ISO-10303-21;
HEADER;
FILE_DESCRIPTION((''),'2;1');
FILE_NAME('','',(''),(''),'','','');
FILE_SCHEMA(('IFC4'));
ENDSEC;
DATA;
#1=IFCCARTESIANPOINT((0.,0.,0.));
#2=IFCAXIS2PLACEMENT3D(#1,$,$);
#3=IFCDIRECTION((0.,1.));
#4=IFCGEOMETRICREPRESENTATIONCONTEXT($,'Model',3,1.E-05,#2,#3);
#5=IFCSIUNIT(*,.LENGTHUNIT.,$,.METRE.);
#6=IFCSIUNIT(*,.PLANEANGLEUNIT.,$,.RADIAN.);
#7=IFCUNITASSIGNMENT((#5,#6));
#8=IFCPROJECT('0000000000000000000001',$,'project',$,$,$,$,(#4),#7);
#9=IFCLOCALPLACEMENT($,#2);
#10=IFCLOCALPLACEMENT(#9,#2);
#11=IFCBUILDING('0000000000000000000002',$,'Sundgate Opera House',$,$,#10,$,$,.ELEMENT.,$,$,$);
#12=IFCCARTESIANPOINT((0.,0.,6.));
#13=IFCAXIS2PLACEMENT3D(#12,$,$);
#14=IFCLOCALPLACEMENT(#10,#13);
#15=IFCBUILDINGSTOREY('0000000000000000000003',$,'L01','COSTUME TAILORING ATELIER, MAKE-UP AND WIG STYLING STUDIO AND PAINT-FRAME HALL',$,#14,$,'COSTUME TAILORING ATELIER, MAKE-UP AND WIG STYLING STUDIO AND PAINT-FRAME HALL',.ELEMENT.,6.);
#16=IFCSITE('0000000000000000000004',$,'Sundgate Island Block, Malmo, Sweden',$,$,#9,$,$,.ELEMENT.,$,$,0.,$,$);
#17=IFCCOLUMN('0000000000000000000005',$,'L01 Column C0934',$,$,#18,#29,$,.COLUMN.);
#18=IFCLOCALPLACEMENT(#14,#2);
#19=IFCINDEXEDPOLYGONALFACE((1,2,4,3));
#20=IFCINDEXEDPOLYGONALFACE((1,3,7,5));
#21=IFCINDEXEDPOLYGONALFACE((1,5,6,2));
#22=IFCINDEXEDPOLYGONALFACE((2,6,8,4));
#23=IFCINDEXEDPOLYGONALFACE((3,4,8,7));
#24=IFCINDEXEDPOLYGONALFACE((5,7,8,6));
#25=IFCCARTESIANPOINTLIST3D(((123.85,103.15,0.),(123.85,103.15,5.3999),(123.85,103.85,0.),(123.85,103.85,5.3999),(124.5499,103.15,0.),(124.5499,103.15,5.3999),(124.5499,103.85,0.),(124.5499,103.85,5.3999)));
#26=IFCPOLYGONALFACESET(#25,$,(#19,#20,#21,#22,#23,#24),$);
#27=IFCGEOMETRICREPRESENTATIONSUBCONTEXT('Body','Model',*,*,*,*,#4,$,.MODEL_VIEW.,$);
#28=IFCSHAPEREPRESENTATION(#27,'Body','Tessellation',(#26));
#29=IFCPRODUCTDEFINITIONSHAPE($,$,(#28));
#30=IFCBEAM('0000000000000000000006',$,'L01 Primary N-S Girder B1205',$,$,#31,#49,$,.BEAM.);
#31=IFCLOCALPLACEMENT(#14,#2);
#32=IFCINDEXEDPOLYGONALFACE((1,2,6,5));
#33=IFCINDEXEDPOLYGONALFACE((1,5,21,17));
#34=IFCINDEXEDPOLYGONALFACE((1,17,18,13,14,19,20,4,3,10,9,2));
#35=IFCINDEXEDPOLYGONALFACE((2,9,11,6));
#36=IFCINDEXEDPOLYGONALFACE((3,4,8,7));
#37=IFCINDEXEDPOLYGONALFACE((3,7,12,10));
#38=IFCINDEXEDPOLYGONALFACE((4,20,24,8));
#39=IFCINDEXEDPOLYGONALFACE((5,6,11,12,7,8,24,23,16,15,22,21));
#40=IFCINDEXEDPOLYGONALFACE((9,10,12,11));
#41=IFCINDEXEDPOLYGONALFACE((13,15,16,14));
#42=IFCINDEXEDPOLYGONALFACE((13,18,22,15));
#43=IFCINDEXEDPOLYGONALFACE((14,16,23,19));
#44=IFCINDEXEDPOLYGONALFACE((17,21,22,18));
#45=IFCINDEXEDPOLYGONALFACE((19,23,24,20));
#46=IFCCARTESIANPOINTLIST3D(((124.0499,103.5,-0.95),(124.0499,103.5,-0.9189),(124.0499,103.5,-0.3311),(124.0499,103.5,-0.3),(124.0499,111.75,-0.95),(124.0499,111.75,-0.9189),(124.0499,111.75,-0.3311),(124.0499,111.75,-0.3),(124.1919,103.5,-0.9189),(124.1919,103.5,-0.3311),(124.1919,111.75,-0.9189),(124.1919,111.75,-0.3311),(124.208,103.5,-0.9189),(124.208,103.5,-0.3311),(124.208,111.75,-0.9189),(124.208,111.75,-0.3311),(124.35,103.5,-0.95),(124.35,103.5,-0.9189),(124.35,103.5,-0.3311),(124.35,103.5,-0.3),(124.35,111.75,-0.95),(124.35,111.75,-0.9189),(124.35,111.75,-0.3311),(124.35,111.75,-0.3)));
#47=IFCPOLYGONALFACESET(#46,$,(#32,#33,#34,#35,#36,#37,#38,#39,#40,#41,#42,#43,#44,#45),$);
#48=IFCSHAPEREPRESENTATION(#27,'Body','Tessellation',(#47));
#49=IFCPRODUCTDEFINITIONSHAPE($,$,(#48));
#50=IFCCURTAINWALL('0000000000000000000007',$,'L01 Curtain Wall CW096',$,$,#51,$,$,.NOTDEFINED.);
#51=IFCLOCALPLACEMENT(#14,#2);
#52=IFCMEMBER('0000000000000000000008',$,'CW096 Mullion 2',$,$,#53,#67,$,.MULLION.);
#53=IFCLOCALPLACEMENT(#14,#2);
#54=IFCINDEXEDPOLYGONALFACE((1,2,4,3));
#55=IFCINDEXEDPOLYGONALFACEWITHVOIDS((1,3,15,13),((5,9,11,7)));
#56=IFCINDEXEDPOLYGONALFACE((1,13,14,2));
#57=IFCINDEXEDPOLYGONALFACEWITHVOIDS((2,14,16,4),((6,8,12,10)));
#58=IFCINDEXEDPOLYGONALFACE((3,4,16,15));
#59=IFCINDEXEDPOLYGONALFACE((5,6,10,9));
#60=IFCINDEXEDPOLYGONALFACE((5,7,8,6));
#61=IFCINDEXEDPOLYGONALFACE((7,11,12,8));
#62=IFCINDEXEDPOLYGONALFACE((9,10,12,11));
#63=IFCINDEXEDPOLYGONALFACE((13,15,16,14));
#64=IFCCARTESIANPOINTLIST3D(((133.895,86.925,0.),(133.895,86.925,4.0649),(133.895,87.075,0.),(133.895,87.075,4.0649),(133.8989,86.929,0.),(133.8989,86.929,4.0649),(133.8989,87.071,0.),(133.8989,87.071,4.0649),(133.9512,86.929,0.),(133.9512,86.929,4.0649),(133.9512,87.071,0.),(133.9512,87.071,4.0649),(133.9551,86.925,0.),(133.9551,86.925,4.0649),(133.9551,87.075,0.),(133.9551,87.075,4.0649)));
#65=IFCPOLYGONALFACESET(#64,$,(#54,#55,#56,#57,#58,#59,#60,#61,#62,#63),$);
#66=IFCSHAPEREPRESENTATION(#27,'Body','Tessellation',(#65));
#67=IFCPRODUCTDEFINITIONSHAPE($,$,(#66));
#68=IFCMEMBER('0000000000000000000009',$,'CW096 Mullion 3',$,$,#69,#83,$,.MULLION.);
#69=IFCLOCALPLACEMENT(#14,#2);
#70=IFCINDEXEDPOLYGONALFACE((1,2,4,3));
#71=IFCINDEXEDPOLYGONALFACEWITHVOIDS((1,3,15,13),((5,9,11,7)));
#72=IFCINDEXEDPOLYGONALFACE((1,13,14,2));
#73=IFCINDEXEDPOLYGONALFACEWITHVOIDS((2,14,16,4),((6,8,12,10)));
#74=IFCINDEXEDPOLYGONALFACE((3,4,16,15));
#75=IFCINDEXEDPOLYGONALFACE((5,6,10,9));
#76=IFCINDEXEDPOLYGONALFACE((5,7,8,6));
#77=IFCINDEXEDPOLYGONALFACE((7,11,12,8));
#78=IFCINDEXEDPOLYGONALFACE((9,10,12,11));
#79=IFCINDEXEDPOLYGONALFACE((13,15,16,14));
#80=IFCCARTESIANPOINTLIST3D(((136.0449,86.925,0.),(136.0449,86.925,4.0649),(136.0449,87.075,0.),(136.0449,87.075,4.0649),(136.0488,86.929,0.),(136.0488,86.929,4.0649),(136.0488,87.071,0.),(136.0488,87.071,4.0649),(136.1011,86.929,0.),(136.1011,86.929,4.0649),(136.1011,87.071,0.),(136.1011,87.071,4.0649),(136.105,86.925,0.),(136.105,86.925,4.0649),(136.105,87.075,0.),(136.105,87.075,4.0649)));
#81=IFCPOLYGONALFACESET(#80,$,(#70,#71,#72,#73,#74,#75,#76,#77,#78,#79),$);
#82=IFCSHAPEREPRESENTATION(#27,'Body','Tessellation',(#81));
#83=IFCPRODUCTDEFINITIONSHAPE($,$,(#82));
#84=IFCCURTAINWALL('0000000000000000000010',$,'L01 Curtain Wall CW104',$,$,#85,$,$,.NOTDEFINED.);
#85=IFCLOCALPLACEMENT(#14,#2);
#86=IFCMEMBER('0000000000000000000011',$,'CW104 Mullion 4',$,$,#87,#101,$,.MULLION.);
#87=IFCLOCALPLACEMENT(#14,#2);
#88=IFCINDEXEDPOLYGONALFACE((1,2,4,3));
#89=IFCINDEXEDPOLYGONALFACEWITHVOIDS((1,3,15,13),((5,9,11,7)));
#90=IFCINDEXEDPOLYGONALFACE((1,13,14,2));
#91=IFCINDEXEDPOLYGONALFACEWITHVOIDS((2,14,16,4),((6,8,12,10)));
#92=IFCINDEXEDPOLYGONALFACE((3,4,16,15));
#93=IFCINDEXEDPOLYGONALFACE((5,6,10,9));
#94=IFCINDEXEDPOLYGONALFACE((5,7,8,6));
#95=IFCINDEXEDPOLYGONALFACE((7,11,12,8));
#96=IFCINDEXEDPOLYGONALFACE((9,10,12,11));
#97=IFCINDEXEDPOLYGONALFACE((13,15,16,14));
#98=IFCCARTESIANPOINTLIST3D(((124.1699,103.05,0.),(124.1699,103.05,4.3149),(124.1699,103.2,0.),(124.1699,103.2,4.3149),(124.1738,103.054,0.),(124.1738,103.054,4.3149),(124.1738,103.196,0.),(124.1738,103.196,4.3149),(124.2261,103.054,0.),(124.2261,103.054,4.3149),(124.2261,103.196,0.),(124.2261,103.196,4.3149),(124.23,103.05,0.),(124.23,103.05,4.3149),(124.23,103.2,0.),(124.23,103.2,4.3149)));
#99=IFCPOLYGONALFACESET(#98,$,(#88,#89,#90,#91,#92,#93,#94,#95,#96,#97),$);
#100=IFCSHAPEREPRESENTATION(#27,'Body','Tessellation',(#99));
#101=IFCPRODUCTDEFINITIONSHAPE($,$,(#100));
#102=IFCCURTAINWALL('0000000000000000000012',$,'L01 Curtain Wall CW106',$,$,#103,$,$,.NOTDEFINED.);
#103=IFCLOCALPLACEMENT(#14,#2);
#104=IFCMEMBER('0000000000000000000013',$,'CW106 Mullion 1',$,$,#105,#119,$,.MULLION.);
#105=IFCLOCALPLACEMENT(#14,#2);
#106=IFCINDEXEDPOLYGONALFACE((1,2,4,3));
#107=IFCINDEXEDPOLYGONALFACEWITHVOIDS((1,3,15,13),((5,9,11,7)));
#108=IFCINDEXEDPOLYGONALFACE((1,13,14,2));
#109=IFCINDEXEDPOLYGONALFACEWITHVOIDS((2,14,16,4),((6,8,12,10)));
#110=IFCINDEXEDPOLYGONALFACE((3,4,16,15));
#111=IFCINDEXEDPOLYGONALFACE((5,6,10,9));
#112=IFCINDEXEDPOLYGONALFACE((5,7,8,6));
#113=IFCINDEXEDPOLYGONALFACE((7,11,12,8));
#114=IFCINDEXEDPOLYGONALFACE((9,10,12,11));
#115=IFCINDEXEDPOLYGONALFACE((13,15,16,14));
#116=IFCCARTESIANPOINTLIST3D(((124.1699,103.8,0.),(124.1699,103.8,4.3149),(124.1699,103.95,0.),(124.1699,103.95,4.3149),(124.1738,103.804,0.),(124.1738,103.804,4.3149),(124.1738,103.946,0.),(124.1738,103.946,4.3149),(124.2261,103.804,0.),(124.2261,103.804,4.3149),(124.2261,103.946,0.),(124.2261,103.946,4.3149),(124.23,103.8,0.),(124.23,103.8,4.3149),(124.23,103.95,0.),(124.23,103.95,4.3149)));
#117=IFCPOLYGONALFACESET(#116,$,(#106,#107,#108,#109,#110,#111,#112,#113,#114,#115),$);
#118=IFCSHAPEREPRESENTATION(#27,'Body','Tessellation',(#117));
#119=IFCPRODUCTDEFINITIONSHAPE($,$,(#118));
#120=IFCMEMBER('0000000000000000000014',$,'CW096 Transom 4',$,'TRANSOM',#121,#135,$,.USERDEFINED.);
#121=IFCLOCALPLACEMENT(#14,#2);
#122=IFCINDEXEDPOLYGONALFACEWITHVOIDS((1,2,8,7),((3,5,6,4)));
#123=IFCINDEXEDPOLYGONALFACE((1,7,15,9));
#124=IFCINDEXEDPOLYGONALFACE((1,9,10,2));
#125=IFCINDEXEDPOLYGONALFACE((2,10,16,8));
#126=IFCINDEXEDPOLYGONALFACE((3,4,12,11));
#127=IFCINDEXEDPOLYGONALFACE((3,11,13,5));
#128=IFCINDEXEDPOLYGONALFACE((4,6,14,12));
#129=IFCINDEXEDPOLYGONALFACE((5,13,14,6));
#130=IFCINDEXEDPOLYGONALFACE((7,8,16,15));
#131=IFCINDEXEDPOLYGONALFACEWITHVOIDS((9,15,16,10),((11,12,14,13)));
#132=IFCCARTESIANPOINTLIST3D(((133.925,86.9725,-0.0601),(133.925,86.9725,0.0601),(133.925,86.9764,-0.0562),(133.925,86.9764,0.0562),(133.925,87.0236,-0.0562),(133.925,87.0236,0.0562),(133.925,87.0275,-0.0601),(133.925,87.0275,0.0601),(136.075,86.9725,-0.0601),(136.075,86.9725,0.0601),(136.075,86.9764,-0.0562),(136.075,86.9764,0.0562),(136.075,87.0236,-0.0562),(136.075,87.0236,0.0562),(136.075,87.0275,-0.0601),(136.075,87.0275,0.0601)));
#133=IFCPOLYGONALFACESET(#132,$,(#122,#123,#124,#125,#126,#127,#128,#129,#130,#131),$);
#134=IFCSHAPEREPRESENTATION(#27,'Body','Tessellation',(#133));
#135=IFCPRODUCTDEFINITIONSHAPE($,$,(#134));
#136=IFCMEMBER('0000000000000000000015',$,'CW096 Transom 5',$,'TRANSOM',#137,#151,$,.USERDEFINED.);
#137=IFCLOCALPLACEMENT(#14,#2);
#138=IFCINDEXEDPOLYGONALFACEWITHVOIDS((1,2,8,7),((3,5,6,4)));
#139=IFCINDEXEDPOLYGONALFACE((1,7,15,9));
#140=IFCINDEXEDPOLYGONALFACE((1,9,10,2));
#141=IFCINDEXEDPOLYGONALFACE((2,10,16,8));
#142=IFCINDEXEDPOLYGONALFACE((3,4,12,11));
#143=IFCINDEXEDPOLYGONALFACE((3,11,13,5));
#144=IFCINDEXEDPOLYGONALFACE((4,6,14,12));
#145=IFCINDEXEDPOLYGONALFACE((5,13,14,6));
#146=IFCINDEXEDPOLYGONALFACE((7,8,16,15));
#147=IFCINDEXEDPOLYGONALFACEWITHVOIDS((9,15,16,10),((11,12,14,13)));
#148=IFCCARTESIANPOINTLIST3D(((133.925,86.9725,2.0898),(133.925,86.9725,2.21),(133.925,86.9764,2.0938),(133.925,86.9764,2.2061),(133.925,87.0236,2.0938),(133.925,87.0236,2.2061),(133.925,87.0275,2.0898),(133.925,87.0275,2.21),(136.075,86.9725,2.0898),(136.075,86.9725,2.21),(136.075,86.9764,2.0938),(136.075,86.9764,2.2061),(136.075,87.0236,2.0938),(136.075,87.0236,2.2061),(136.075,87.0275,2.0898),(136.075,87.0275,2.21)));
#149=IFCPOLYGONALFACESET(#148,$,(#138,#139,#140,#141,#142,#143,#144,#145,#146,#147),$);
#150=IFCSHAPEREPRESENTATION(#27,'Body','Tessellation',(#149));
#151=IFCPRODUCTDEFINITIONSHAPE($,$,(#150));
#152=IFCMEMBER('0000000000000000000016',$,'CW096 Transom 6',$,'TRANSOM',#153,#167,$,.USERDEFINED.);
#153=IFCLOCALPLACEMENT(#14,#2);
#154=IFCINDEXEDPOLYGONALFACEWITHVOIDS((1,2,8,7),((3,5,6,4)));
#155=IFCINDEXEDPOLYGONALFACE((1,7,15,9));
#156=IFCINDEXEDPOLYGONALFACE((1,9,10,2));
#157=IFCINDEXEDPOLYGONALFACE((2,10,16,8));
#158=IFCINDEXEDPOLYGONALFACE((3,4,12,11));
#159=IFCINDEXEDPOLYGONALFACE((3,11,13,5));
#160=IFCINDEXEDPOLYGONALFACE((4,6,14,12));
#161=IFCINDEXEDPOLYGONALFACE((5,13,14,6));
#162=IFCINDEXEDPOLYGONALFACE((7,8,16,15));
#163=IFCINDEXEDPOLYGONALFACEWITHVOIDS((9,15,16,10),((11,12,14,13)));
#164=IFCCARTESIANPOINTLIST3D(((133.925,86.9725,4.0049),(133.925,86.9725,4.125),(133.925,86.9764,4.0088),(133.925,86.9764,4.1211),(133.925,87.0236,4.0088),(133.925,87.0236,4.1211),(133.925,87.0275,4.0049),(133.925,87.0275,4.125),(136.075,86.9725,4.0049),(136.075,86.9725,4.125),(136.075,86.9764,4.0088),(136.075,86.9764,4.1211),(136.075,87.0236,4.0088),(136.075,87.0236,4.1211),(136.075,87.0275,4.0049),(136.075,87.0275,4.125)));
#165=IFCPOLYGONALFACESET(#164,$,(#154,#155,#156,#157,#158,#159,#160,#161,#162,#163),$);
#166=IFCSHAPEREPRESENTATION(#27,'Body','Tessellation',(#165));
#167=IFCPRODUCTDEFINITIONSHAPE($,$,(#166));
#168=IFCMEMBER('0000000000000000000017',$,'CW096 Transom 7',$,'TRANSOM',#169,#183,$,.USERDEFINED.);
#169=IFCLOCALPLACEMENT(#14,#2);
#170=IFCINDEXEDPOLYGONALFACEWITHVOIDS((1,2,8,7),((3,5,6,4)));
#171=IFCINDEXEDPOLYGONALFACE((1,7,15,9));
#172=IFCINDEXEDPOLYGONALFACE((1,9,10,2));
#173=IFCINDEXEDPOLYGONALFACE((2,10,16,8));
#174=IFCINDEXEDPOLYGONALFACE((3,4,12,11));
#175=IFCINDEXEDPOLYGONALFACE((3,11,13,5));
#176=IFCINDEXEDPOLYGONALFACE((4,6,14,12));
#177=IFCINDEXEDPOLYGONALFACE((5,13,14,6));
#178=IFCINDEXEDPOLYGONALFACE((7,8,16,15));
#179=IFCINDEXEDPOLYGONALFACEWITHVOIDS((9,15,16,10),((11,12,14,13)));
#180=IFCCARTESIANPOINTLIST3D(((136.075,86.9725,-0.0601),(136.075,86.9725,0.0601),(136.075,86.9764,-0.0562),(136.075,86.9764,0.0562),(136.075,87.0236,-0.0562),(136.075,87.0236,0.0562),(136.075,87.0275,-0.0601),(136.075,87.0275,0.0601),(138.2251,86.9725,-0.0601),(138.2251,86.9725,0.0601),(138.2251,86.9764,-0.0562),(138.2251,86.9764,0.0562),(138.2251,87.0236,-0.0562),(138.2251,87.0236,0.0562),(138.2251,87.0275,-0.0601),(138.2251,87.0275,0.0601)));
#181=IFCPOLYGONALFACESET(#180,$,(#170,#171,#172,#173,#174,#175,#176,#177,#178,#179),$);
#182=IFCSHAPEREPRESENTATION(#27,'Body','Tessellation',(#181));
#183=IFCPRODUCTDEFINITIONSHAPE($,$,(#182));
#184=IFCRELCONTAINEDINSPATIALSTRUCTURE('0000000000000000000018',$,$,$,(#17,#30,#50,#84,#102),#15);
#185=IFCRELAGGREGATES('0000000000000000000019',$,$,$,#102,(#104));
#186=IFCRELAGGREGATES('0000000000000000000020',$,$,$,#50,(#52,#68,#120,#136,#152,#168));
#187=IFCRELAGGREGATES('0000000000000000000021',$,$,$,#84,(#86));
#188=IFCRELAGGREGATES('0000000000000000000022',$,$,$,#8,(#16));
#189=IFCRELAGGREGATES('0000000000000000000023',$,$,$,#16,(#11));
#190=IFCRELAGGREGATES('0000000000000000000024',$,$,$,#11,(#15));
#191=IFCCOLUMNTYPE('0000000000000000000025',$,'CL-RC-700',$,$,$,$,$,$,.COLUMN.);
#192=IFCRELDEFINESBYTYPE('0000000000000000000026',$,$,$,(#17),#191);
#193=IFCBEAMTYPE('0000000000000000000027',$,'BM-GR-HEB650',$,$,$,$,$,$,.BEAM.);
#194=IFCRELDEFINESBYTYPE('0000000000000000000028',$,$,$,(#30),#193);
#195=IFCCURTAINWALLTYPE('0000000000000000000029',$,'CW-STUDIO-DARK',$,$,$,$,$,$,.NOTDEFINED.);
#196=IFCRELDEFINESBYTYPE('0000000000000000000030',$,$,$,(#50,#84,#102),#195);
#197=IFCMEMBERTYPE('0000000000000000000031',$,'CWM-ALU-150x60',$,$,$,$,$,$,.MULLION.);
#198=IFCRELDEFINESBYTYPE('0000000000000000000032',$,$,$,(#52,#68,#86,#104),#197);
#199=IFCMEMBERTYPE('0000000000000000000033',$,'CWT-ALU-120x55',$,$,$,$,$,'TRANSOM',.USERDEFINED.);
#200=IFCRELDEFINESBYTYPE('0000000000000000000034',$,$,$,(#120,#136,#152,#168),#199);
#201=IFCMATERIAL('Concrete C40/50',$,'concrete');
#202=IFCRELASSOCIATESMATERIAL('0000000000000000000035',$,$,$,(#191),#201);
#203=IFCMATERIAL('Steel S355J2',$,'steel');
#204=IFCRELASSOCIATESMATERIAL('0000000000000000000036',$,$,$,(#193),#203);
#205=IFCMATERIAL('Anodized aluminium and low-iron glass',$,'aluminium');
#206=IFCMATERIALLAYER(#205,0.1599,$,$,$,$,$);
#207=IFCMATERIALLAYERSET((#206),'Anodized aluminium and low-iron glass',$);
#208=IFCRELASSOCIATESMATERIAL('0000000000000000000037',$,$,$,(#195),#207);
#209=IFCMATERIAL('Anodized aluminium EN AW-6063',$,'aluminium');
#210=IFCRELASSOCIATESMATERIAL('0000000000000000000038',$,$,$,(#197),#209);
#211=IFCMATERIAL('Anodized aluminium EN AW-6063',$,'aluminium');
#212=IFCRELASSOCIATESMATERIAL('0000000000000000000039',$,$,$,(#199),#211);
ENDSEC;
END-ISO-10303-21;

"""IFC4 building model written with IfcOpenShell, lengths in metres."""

from ifc_helpers import new_model, si_unit, direction, frame, origin, origin_2d, place, context, subcontext, project, spatial, rectangle, hollow_rectangle, i_section, extrude, material, layer, layer_set, material_profile, profile_set, type_object, element, aggregate, save


model = new_model("IFC4")

# Units and contexts
model_context = context("Model", 3, precision=1e-05, world=origin(), true_north=direction((0.0, 1.0)))
body_context = subcontext(model_context, "Body", "Model", "MODEL_VIEW")
ifc_project = project(units=[si_unit("LENGTHUNIT", "METRE"), si_unit("PLANEANGLEUNIT", "RADIAN")], contexts=[model_context])

# Site, building, storey
site_placement = place(None, origin())
site = spatial("IfcSite", under=ifc_project, at=site_placement, Name="Sundgate Island Block, Malmo, Sweden", CompositionType="ELEMENT", RefElevation=0.0)
building_placement = place(site_placement, origin())
building = spatial("IfcBuilding", under=site, at=building_placement, Name="Sundgate Opera House", CompositionType="ELEMENT")
storey_placement = place(building_placement, frame((0.0, 0.0, 6.0)))
storey = spatial("IfcBuildingStorey", under=building, at=storey_placement, Name="L01", Description="COSTUME TAILORING ATELIER, MAKE-UP AND WIG STYLING STUDIO AND PAINT-FRAME HALL", LongName="COSTUME TAILORING ATELIER, MAKE-UP AND WIG STYLING STUDIO AND PAINT-FRAME HALL", CompositionType="ELEMENT", Elevation=6.0)

# Column
ifc_material_1 = material(Name="Concrete C40/50", Category="concrete")
ifc_material_profile_1 = material_profile(ifc_material_1, rectangle(XDim=0.7, YDim=0.7, at=origin_2d()), Name="RC 700x700")
ifc_profile_set_1 = profile_set([ifc_material_profile_1], Name="Concrete C40/50")
column_type = type_object("IfcColumnType", Name="CL-RC-700", PredefinedType="COLUMN", material=ifc_profile_set_1)
column_placement = place(storey_placement, frame((124.2, 103.5, 0.0), z_axis=(0.0, 0.0, 1.0), x_axis=(1.0, 0.0, 0.0)))
element("IfcColumn", 1, at=column_placement, inside=storey, type_object=column_type, Name="L01 Column C0934", PredefinedType="COLUMN", context=body_context, shape_type="SweptSolid", body=[
    extrude(rectangle(XDim=0.7, YDim=0.7, at=origin_2d()), origin(), (0.0, 0.0, 1.0), 5.3999),
])

# Beam
ifc_material_2 = material(Name="Steel S355J2", Category="steel")
ifc_material_profile_2 = material_profile(ifc_material_2, i_section(OverallWidth=0.3, OverallDepth=0.6499, WebThickness=0.0161, FlangeThickness=0.031, at=origin_2d()), Name="HEB 650")
ifc_profile_set_2 = profile_set([ifc_material_profile_2], Name="Steel S355J2")
beam_type = type_object("IfcBeamType", Name="BM-GR-HEB650", PredefinedType="BEAM", material=ifc_profile_set_2)
beam_placement = place(storey_placement, frame((124.2, 103.5, -0.625), z_axis=(0.0, 1.0, 0.0), x_axis=(-1.0, 0.0, 0.0)))
element("IfcBeam", 2, at=beam_placement, inside=storey, type_object=beam_type, Name="L01 Primary N-S Girder B1205", PredefinedType="BEAM", context=body_context, shape_type="SweptSolid", body=[
    extrude(i_section(OverallWidth=0.3, OverallDepth=0.6499, WebThickness=0.0161, FlangeThickness=0.031, at=origin_2d()), origin(), (0.0, 0.0, 1.0), 8.25),
])

# Curtain wall, members
ifc_material_3 = material(Name="Anodized aluminium and low-iron glass", Category="aluminium")
ifc_layer_1 = layer(ifc_material_3, 0.1599)
ifc_layer_set_1 = layer_set([ifc_layer_1], Name="Anodized aluminium and low-iron glass")
curtain_wall_type = type_object("IfcCurtainWallType", Name="CW-STUDIO-DARK", PredefinedType="NOTDEFINED", material=ifc_layer_set_1)
curtain_wall_1_placement = place(storey_placement, origin())
curtain_wall_1 = element("IfcCurtainWall", 3, at=curtain_wall_1_placement, inside=storey, type_object=curtain_wall_type, Name="L01 Curtain Wall CW096", PredefinedType="NOTDEFINED")
ifc_material_4 = material(Name="Anodized aluminium EN AW-6063", Category="aluminium")
ifc_material_profile_3 = material_profile(ifc_material_4, hollow_rectangle(XDim=0.0601, YDim=0.1499, WallThickness=0.0039, at=origin_2d()), Name="CWM 150x60x4")
ifc_profile_set_3 = profile_set([ifc_material_profile_3], Name="Anodized aluminium EN AW-6063")
member_type_1 = type_object("IfcMemberType", Name="CWM-ALU-150x60", PredefinedType="MULLION", material=ifc_profile_set_3)
member_1_placement = place(storey_placement, frame((133.925, 87.0, 0.0), z_axis=(0.0, 0.0, 1.0), x_axis=(1.0, 0.0, 0.0)))
member_1 = element("IfcMember", 4, at=member_1_placement, type_object=member_type_1, Name="CW096 Mullion 2", PredefinedType="MULLION", context=body_context, shape_type="SweptSolid", body=[
    extrude(hollow_rectangle(XDim=0.0601, YDim=0.1499, WallThickness=0.0039, at=origin_2d()), origin(), (0.0, 0.0, 1.0), 4.0649),
])
member_2_placement = place(storey_placement, frame((136.075, 87.0, 0.0), z_axis=(0.0, 0.0, 1.0), x_axis=(1.0, 0.0, 0.0)))
member_2 = element("IfcMember", 5, at=member_2_placement, type_object=member_type_1, Name="CW096 Mullion 3", PredefinedType="MULLION", context=body_context, shape_type="SweptSolid", body=[
    extrude(hollow_rectangle(XDim=0.0601, YDim=0.1499, WallThickness=0.0039, at=origin_2d()), origin(), (0.0, 0.0, 1.0), 4.0649),
])

# Curtain walls, members
curtain_wall_2_placement = place(storey_placement, origin())
curtain_wall_2 = element("IfcCurtainWall", 6, at=curtain_wall_2_placement, inside=storey, type_object=curtain_wall_type, Name="L01 Curtain Wall CW104", PredefinedType="NOTDEFINED")
member_3_placement = place(storey_placement, frame((124.2, 103.125, 0.0), z_axis=(0.0, 0.0, 1.0), x_axis=(1.0, 0.0, 0.0)))
member_3 = element("IfcMember", 7, at=member_3_placement, type_object=member_type_1, Name="CW104 Mullion 4", PredefinedType="MULLION", context=body_context, shape_type="SweptSolid", body=[
    extrude(hollow_rectangle(XDim=0.0601, YDim=0.1499, WallThickness=0.0039, at=origin_2d()), origin(), (0.0, 0.0, 1.0), 4.3149),
])
curtain_wall_3_placement = place(storey_placement, origin())
curtain_wall_3 = element("IfcCurtainWall", 8, at=curtain_wall_3_placement, inside=storey, type_object=curtain_wall_type, Name="L01 Curtain Wall CW106", PredefinedType="NOTDEFINED")
member_4_placement = place(storey_placement, frame((124.2, 103.875, 0.0), z_axis=(0.0, 0.0, 1.0), x_axis=(1.0, 0.0, 0.0)))
member_4 = element("IfcMember", 9, at=member_4_placement, type_object=member_type_1, Name="CW106 Mullion 1", PredefinedType="MULLION", context=body_context, shape_type="SweptSolid", body=[
    extrude(hollow_rectangle(XDim=0.0601, YDim=0.1499, WallThickness=0.0039, at=origin_2d()), origin(), (0.0, 0.0, 1.0), 4.3149),
])

# Members
ifc_material_5 = material(Name="Anodized aluminium EN AW-6063", Category="aluminium")
ifc_material_profile_4 = material_profile(ifc_material_5, hollow_rectangle(XDim=0.0549, YDim=0.1201, WallThickness=0.0039, at=origin_2d()), Name="CWT 120x55x4")
ifc_profile_set_4 = profile_set([ifc_material_profile_4], Name="Anodized aluminium EN AW-6063")
member_type_2 = type_object("IfcMemberType", Name="CWT-ALU-120x55", ElementType="TRANSOM", PredefinedType="USERDEFINED", material=ifc_profile_set_4)
member_5_placement = place(storey_placement, frame((133.925, 87.0, 0.0), z_axis=(1.0, 0.0, 0.0), x_axis=(0.0, 1.0, 0.0)))
member_5 = element("IfcMember", 10, at=member_5_placement, type_object=member_type_2, Name="CW096 Transom 4", ObjectType="TRANSOM", PredefinedType="USERDEFINED", context=body_context, shape_type="SweptSolid", body=[
    extrude(hollow_rectangle(XDim=0.0549, YDim=0.1201, WallThickness=0.0039, at=origin_2d()), origin(), (0.0, 0.0, 1.0), 2.1499),
])
member_6_placement = place(storey_placement, frame((133.925, 87.0, 2.1499), z_axis=(1.0, 0.0, 0.0), x_axis=(0.0, 1.0, 0.0)))
member_6 = element("IfcMember", 11, at=member_6_placement, type_object=member_type_2, Name="CW096 Transom 5", ObjectType="TRANSOM", PredefinedType="USERDEFINED", context=body_context, shape_type="SweptSolid", body=[
    extrude(hollow_rectangle(XDim=0.0549, YDim=0.1201, WallThickness=0.0039, at=origin_2d()), origin(), (0.0, 0.0, 1.0), 2.1499),
])
member_7_placement = place(storey_placement, frame((133.925, 87.0, 4.0649), z_axis=(1.0, 0.0, 0.0), x_axis=(0.0, 1.0, 0.0)))
member_7 = element("IfcMember", 12, at=member_7_placement, type_object=member_type_2, Name="CW096 Transom 6", ObjectType="TRANSOM", PredefinedType="USERDEFINED", context=body_context, shape_type="SweptSolid", body=[
    extrude(hollow_rectangle(XDim=0.0549, YDim=0.1201, WallThickness=0.0039, at=origin_2d()), origin(), (0.0, 0.0, 1.0), 2.1499),
])
member_8_placement = place(storey_placement, frame((136.075, 87.0, 0.0), z_axis=(1.0, 0.0, 0.0), x_axis=(0.0, 1.0, 0.0)))
member_8 = element("IfcMember", 13, at=member_8_placement, type_object=member_type_2, Name="CW096 Transom 7", ObjectType="TRANSOM", PredefinedType="USERDEFINED", context=body_context, shape_type="SweptSolid", body=[
    extrude(hollow_rectangle(XDim=0.0549, YDim=0.1201, WallThickness=0.0039, at=origin_2d()), origin(), (0.0, 0.0, 1.0), 2.1501),
])
aggregate(curtain_wall_3, [member_4])

aggregate(curtain_wall_1, [member_1, member_2, member_5, member_6, member_7, member_8])
aggregate(curtain_wall_2, [member_3])

save(model, "model.ifc")
